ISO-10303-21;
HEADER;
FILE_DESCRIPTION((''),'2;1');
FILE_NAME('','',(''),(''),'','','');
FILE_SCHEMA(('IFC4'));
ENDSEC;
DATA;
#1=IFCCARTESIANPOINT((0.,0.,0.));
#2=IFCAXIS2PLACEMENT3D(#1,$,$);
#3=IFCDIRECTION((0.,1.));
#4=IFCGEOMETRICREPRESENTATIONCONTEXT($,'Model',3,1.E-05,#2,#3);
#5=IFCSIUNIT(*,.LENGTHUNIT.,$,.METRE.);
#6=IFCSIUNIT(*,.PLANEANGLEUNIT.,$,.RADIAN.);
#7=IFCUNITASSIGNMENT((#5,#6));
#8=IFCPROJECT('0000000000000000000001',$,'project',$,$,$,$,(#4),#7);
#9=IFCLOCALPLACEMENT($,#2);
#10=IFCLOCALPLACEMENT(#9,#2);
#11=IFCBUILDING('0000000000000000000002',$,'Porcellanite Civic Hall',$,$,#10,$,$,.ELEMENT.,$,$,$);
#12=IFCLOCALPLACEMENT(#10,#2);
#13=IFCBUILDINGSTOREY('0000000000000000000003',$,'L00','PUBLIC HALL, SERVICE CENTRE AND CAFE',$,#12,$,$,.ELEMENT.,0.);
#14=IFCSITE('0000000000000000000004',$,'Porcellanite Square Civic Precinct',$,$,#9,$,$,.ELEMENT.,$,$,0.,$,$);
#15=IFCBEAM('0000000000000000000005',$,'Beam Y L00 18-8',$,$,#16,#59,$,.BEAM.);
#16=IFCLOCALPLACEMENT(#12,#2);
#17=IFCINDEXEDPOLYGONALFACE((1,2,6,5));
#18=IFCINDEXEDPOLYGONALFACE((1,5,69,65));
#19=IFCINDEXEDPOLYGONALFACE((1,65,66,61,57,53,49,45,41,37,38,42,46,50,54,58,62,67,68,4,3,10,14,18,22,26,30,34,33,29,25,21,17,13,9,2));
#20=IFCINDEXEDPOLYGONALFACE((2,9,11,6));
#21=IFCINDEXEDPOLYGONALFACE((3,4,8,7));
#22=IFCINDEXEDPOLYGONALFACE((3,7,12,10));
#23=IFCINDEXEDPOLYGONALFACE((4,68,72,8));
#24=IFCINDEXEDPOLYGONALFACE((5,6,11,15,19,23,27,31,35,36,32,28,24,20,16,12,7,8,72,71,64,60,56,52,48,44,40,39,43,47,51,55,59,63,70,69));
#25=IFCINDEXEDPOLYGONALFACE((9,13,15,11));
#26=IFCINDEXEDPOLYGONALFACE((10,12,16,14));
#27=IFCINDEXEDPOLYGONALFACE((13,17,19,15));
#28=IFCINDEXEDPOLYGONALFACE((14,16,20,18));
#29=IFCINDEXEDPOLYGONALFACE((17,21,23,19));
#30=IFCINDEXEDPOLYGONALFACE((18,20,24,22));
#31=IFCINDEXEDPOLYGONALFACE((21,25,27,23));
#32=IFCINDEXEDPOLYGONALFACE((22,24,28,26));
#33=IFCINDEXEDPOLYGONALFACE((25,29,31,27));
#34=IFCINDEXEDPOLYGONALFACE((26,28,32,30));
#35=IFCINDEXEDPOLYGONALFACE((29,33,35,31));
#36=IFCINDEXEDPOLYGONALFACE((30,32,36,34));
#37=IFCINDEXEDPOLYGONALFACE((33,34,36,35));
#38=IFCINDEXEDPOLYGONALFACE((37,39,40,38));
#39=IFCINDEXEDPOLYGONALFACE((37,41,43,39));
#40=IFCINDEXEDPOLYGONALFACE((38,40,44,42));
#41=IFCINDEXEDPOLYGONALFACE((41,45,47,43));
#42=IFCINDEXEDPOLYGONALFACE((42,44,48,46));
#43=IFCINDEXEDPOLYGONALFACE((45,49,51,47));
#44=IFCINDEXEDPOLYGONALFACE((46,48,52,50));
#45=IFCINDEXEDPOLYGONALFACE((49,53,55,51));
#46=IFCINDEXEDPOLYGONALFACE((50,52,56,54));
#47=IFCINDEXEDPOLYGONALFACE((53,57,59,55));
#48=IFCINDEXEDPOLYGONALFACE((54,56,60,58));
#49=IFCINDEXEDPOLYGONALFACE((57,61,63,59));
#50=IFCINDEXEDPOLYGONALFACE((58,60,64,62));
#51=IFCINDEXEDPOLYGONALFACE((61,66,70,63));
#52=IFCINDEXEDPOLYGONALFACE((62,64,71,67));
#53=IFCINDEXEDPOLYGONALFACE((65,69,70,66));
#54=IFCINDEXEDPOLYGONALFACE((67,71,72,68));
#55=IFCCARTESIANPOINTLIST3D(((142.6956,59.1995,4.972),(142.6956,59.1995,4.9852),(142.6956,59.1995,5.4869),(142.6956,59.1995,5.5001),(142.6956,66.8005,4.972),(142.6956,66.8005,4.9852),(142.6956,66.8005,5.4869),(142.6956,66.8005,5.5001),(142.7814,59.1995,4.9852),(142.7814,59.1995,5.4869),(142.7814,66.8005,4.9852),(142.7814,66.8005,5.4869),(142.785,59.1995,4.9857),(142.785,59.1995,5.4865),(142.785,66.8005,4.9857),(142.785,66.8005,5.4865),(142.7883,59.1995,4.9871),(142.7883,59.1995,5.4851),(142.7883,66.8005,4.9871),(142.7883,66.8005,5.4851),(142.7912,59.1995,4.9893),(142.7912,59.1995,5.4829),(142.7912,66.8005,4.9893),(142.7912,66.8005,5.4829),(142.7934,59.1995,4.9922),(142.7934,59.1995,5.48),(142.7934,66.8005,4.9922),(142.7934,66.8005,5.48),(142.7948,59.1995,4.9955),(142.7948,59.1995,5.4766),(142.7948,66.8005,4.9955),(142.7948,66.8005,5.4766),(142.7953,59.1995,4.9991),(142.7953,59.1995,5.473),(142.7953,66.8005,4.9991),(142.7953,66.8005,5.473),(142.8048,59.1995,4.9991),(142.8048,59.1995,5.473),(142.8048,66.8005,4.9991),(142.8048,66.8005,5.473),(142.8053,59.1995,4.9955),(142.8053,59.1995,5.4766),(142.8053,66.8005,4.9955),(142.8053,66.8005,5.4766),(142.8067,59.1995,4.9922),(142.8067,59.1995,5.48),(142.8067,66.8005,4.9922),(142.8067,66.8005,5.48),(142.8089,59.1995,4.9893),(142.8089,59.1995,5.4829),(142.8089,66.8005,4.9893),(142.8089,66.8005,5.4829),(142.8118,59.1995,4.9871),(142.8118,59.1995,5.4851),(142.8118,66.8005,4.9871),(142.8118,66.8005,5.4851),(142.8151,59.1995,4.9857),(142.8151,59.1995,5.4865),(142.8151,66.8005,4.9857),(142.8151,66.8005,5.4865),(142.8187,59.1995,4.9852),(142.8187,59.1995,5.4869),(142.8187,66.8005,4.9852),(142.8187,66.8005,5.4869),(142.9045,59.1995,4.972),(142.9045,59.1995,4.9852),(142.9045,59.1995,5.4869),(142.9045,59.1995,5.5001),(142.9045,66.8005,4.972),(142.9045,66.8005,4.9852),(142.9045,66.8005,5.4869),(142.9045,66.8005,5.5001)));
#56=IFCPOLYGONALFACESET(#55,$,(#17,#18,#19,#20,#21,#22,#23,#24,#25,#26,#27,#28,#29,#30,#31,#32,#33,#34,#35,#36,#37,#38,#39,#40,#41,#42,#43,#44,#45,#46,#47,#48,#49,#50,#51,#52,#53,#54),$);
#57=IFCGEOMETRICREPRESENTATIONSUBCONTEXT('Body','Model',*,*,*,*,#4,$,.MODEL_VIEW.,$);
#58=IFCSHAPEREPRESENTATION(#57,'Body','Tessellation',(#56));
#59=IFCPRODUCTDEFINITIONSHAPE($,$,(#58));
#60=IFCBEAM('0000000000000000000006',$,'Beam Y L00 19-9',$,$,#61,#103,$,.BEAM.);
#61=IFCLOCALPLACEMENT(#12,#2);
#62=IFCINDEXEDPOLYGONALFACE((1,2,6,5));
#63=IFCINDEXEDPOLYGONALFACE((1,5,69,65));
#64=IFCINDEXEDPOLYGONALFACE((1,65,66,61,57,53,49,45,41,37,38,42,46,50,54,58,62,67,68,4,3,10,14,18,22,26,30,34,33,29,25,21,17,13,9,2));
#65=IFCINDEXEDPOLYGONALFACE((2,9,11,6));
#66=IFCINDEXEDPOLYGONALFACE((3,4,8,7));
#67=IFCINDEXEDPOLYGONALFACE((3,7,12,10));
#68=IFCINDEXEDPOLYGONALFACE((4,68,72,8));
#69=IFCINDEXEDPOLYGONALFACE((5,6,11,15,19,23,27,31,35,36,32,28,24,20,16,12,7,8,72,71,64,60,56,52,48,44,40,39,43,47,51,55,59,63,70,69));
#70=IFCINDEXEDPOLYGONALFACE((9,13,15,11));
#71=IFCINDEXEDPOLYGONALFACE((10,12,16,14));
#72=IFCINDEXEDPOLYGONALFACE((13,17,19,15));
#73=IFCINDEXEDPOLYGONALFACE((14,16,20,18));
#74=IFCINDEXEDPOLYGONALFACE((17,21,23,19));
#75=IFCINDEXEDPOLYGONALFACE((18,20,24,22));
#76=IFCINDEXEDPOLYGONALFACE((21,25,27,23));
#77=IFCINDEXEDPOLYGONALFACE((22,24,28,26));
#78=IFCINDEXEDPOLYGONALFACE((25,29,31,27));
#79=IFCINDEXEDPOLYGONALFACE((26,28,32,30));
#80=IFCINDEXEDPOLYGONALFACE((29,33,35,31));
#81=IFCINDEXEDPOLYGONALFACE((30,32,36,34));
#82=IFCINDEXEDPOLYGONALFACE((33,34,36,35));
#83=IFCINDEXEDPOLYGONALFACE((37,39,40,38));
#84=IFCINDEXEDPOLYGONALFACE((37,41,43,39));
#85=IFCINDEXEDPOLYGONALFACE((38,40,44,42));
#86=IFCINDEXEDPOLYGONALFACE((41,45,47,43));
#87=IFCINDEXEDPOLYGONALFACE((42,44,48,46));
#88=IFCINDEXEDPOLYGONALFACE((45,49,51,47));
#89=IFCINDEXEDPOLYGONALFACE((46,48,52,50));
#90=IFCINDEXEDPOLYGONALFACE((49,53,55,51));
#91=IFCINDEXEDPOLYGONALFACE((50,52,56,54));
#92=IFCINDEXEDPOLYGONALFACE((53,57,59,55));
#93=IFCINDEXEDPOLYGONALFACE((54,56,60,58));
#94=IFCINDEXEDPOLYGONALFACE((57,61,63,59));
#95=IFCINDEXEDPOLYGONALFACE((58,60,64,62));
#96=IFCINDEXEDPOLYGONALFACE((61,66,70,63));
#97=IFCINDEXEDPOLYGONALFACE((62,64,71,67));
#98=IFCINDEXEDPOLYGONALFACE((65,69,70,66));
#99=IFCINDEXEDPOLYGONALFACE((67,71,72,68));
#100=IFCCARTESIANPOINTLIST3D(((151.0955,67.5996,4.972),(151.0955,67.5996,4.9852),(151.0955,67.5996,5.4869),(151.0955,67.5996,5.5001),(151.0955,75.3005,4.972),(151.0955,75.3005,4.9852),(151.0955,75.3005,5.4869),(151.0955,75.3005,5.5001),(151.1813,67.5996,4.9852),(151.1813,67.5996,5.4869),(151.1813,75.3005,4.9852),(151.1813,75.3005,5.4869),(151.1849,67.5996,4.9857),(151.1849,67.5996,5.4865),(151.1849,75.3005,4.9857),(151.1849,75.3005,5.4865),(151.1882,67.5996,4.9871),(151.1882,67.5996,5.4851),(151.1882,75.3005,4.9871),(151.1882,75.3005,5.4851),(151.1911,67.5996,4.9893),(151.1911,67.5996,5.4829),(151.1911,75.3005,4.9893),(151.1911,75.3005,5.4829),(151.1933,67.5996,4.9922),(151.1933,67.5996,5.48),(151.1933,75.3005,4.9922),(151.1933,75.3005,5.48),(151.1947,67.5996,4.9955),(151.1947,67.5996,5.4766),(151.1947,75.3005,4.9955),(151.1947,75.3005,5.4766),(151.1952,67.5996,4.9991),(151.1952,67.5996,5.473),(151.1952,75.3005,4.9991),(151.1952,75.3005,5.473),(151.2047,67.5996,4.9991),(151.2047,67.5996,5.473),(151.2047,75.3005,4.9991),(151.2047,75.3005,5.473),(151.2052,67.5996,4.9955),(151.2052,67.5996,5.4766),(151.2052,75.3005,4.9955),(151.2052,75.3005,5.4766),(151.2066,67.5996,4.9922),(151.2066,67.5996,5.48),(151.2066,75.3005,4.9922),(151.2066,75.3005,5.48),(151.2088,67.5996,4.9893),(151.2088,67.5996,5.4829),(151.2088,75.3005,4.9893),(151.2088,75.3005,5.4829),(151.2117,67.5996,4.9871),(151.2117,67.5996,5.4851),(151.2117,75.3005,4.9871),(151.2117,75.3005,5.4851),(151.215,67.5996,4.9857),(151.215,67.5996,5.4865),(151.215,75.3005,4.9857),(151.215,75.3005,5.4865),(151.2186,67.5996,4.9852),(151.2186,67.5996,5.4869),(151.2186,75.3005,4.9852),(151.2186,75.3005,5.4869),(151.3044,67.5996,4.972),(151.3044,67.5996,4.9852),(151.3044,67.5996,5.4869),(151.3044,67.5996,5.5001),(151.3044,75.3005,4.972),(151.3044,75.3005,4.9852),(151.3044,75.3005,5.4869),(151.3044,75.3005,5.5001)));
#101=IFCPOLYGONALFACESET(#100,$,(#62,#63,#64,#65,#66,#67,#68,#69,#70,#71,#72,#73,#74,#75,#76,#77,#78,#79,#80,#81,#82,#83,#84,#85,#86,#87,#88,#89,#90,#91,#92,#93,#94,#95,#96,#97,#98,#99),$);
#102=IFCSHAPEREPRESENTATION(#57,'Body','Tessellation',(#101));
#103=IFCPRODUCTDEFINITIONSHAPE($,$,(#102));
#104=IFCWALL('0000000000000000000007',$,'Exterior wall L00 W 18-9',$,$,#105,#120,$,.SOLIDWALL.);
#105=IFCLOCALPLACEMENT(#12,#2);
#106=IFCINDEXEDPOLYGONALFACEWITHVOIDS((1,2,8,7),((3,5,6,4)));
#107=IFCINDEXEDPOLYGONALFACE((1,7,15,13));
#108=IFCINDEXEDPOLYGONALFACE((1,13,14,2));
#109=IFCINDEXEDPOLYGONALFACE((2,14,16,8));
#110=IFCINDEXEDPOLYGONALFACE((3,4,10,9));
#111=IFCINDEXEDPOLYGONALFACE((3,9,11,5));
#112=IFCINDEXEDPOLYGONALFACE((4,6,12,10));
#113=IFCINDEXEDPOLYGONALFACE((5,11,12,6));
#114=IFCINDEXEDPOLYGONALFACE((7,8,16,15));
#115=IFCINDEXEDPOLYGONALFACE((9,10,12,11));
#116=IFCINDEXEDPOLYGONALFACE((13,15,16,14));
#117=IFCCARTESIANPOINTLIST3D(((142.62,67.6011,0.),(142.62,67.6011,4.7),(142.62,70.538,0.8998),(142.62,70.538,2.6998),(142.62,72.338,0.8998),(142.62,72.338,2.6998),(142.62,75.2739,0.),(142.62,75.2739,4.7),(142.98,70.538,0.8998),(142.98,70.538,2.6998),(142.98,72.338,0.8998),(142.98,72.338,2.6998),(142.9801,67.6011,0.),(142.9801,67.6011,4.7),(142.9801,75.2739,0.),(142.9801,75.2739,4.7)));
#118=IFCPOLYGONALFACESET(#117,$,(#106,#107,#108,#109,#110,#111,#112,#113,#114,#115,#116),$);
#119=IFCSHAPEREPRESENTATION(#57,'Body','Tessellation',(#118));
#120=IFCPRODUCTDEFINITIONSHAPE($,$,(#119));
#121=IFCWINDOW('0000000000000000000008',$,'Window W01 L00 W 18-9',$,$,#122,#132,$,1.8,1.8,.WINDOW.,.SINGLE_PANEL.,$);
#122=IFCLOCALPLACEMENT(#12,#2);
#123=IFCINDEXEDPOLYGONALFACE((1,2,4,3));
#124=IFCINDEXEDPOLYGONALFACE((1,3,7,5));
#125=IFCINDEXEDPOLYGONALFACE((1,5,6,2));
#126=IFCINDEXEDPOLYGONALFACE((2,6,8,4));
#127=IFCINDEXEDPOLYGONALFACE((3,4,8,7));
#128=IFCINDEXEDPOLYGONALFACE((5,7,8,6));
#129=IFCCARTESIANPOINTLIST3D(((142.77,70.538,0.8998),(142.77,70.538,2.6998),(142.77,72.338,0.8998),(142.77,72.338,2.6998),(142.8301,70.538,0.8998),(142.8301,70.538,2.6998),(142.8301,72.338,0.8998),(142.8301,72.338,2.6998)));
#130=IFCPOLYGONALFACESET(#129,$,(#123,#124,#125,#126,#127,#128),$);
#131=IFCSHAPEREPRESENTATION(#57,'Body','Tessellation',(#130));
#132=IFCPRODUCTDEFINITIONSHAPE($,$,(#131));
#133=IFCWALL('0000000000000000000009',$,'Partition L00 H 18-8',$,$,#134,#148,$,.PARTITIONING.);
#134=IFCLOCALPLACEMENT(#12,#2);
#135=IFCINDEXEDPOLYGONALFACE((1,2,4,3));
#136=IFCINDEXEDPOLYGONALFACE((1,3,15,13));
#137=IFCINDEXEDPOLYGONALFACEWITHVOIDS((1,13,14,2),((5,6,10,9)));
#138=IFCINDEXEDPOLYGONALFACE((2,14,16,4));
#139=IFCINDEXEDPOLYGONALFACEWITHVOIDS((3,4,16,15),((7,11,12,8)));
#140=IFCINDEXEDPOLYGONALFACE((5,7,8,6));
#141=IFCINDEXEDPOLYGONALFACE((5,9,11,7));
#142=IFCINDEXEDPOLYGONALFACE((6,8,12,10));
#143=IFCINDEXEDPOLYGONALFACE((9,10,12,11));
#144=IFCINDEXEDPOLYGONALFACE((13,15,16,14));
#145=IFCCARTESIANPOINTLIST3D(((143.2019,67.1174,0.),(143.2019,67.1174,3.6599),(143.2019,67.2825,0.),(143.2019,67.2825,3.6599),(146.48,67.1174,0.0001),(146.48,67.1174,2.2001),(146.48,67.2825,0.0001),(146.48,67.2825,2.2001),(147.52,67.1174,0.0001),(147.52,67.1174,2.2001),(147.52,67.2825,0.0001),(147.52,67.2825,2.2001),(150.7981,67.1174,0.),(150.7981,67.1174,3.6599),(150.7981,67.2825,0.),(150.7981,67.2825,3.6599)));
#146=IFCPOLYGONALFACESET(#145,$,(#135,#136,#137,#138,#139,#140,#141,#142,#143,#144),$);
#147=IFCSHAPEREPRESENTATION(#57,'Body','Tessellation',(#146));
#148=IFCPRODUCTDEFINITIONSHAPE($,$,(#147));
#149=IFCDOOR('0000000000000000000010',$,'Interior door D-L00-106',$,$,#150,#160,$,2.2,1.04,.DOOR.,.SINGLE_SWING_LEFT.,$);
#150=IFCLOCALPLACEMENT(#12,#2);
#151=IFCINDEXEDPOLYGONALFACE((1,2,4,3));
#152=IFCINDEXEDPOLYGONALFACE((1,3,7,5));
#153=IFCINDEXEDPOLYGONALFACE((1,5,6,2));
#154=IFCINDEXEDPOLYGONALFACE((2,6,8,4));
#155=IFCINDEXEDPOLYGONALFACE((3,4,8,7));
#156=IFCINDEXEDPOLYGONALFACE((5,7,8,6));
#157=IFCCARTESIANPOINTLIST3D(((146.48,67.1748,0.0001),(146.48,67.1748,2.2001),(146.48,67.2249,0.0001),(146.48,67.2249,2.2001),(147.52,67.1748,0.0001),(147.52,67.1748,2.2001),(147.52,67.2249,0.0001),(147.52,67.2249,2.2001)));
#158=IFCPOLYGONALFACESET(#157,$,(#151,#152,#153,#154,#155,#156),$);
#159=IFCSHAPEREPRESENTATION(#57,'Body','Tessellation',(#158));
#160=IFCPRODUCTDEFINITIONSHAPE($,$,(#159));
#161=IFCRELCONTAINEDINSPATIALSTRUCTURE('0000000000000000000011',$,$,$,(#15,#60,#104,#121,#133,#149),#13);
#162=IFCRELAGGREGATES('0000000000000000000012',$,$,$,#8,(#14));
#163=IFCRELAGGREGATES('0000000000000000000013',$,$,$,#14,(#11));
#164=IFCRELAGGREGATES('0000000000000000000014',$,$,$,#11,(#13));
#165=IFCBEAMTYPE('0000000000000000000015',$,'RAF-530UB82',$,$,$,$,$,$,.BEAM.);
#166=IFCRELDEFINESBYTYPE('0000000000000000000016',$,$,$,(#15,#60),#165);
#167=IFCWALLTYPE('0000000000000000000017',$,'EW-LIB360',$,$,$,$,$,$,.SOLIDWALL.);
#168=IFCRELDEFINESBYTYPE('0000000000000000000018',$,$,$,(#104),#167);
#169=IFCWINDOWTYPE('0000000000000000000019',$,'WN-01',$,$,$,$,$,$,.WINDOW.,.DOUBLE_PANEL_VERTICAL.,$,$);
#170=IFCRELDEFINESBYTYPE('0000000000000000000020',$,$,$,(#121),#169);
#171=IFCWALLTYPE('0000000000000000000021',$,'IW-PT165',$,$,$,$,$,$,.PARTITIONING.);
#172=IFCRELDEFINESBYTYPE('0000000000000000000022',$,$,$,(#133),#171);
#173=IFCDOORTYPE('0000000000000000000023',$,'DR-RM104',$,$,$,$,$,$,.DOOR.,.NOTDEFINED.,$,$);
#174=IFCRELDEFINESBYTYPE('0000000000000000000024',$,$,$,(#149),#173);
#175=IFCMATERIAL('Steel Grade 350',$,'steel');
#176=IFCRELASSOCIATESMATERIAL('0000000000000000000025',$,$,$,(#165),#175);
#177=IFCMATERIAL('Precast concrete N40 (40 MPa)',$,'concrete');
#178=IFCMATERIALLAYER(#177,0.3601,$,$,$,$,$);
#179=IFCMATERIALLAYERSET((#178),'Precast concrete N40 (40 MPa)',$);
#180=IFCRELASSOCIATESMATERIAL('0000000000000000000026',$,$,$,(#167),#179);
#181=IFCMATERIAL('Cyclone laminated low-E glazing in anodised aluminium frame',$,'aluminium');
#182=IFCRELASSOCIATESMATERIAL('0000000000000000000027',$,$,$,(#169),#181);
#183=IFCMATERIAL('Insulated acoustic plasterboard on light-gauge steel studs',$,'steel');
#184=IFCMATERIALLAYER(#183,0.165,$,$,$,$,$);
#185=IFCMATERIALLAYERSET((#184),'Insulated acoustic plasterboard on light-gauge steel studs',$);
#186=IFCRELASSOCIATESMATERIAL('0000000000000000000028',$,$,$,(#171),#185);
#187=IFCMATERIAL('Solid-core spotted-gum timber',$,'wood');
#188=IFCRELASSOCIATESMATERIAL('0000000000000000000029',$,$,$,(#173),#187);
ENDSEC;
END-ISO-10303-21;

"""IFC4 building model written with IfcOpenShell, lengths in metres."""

from ifc_helpers import new_model, si_unit, direction, frame, frame_2d, origin, origin_2d, place, context, subcontext, project, spatial, rectangle, i_section, extrude, material, layer, layer_set, material_profile, profile_set, type_object, element, fill, save


model = new_model("IFC4")

# Units and contexts
model_context = context("Model", 3, precision=1e-05, world=origin(), true_north=direction((0.0, 1.0)))
body_context = subcontext(model_context, "Body", "Model", "MODEL_VIEW")
ifc_project = project(units=[si_unit("LENGTHUNIT", "METRE"), si_unit("PLANEANGLEUNIT", "RADIAN")], contexts=[model_context])

# Site, building, storey
site_placement = place(None, origin())
site = spatial("IfcSite", under=ifc_project, at=site_placement, Name="Porcellanite Square Civic Precinct", CompositionType="ELEMENT", RefElevation=0.0)
building_placement = place(site_placement, origin())
building = spatial("IfcBuilding", under=site, at=building_placement, Name="Porcellanite Civic Hall", CompositionType="ELEMENT")
storey_placement = place(building_placement, origin())
storey = spatial("IfcBuildingStorey", under=building, at=storey_placement, Name="L00", Description="PUBLIC HALL, SERVICE CENTRE AND CAFE", CompositionType="ELEMENT", Elevation=0.0)

# Beams
ifc_material_1 = material(Name="Steel Grade 350", Category="steel")
ifc_material_profile_1 = material_profile(ifc_material_1, i_section(OverallWidth=0.209, OverallDepth=0.5281, WebThickness=0.0095, FlangeThickness=0.0132, FilletRadius=0.0139, at=origin_2d()), Name="530UB82.0")
ifc_profile_set_1 = profile_set([ifc_material_profile_1], Name="Steel Grade 350")
beam_type_1 = type_object("IfcBeamType", Name="RAF-530UB82", PredefinedType="BEAM", material=ifc_profile_set_1)
beam_1_placement = place(storey_placement, frame((142.8, 59.1995, 5.2361), z_axis=(0.0, 1.0, 0.0), x_axis=(-1.0, 0.0, 0.0)))
element("IfcBeam", 1, at=beam_1_placement, inside=storey, type_object=beam_type_1, Name="Beam Y L00 18-8", PredefinedType="BEAM", context=body_context, shape_type="SweptSolid", body=[
    extrude(i_section(OverallWidth=0.209, OverallDepth=0.5281, WebThickness=0.0095, FlangeThickness=0.0132, FilletRadius=0.0139, at=origin_2d()), origin(), (0.0, 0.0, 1.0), 7.6011),
])
beam_2_placement = place(storey_placement, frame((151.2, 67.5996, 5.2361), z_axis=(0.0, 1.0, 0.0), x_axis=(-1.0, 0.0, 0.0)))
element("IfcBeam", 2, at=beam_2_placement, inside=storey, type_object=beam_type_1, Name="Beam Y L00 19-9", PredefinedType="BEAM", context=body_context, shape_type="SweptSolid", body=[
    extrude(i_section(OverallWidth=0.209, OverallDepth=0.5281, WebThickness=0.0095, FlangeThickness=0.0132, FilletRadius=0.0139, at=origin_2d()), origin(), (0.0, 0.0, 1.0), 7.7009),
])

# Wall, opening, window
ifc_material_2 = material(Name="Precast concrete N40 (40 MPa)", Category="concrete")
ifc_layer_1 = layer(ifc_material_2, 0.3601)
ifc_layer_set_1 = layer_set([ifc_layer_1], Name="Precast concrete N40 (40 MPa)")
wall_type_1 = type_object("IfcWallType", Name="EW-LIB360", PredefinedType="SOLIDWALL", material=ifc_layer_set_1)
wall_1_placement = place(storey_placement, frame((142.8, 67.6011, 0.0), z_axis=(0.0, 0.0, 1.0), x_axis=(0.0, 1.0, 0.0)))
wall_1 = element("IfcWall", 3, at=wall_1_placement, inside=storey, type_object=wall_type_1, Name="Exterior wall L00 W 18-9", PredefinedType="SOLIDWALL", context=body_context, shape_type="SweptSolid", body=[
    extrude(rectangle(XDim=7.6729, YDim=0.3601, at=frame_2d((3.8364, 0.0))), origin(), (0.0, 0.0, 1.0), 4.7),
])
opening_1_placement = place(wall_1_placement, frame((2.937, 0.0, 0.8999)))
opening_1 = element("IfcOpeningElement", 4, at=opening_1_placement, cuts=wall_1, PredefinedType="OPENING", context=body_context, shape_type="SweptSolid", body=[
    extrude(rectangle(XDim=1.8, YDim=1.8, at=frame_2d((0.8999, 0.8999))), frame((0.0, 0.1802, 0.0), z_axis=(0.0, -1.0, 0.0), x_axis=(1.0, 0.0, 0.0)), (0.0, 0.0, 1.0), 0.3601),
])
ifc_material_3 = material(Name="Cyclone laminated low-E glazing in anodised aluminium frame", Category="aluminium")
window_type = type_object("IfcWindowType", Name="WN-01", PartitioningType="DOUBLE_PANEL_VERTICAL", PredefinedType="WINDOW", material=ifc_material_3)
window_placement = place(opening_1_placement, origin())
window = element("IfcWindow", 5, at=window_placement, inside=storey, type_object=window_type, Name="Window W01 L00 W 18-9", OverallHeight=1.8, OverallWidth=1.8, PartitioningType="SINGLE_PANEL", PredefinedType="WINDOW", context=body_context, shape_type="SweptSolid", body=[
    extrude(rectangle(XDim=1.8, YDim=1.8, at=frame_2d((0.8999, 0.8999))), frame((0.0, 0.03, 0.0), z_axis=(0.0, -1.0, 0.0), x_axis=(1.0, 0.0, 0.0)), (0.0, 0.0, 1.0), 0.0601),
])
fill(opening_1, window)

# Wall, opening, door
ifc_material_4 = material(Name="Insulated acoustic plasterboard on light-gauge steel studs", Category="steel")
ifc_layer_2 = layer(ifc_material_4, 0.165)
ifc_layer_set_2 = layer_set([ifc_layer_2], Name="Insulated acoustic plasterboard on light-gauge steel studs")
wall_type_2 = type_object("IfcWallType", Name="IW-PT165", PredefinedType="PARTITIONING", material=ifc_layer_set_2)
wall_2_placement = place(storey_placement, frame((143.2019, 67.2, 0.0), z_axis=(0.0, 0.0, 1.0), x_axis=(1.0, 0.0, 0.0)))
wall_2 = element("IfcWall", 6, at=wall_2_placement, inside=storey, type_object=wall_type_2, Name="Partition L00 H 18-8", PredefinedType="PARTITIONING", context=body_context, shape_type="SweptSolid", body=[
    extrude(rectangle(XDim=7.5962, YDim=0.165, at=frame_2d((3.7981, 0.0))), origin(), (0.0, 0.0, 1.0), 3.6599),
])
opening_2_placement = place(wall_2_placement, frame((3.2781, 0.0, 0.0)))
opening_2 = element("IfcOpeningElement", 7, at=opening_2_placement, cuts=wall_2, PredefinedType="OPENING", context=body_context, shape_type="SweptSolid", body=[
    extrude(rectangle(XDim=1.04, YDim=2.2, at=frame_2d((0.52, 1.1001))), frame((0.0, 0.0825, 0.0), z_axis=(0.0, -1.0, 0.0), x_axis=(1.0, 0.0, 0.0)), (0.0, 0.0, 1.0), 0.165),
])
ifc_material_5 = material(Name="Solid-core spotted-gum timber", Category="wood")
door_type_1 = type_object("IfcDoorType", Name="DR-RM104", OperationType="NOTDEFINED", PredefinedType="DOOR", material=ifc_material_5)
door_1_placement = place(opening_2_placement, origin())
door_1 = element("IfcDoor", 8, at=door_1_placement, inside=storey, type_object=door_type_1, Name="Interior door D-L00-106", OperationType="SINGLE_SWING_LEFT", OverallHeight=2.2, OverallWidth=1.04, PredefinedType="DOOR", context=body_context, shape_type="SweptSolid", body=[
    extrude(rectangle(XDim=1.04, YDim=2.2, at=frame_2d((0.52, 1.1001))), frame((0.0, 0.0249, 0.0), z_axis=(0.0, -1.0, 0.0), x_axis=(1.0, 0.0, 0.0)), (0.0, 0.0, 1.0), 0.05),
])
fill(opening_2, door_1)

save(model, "model.ifc")
